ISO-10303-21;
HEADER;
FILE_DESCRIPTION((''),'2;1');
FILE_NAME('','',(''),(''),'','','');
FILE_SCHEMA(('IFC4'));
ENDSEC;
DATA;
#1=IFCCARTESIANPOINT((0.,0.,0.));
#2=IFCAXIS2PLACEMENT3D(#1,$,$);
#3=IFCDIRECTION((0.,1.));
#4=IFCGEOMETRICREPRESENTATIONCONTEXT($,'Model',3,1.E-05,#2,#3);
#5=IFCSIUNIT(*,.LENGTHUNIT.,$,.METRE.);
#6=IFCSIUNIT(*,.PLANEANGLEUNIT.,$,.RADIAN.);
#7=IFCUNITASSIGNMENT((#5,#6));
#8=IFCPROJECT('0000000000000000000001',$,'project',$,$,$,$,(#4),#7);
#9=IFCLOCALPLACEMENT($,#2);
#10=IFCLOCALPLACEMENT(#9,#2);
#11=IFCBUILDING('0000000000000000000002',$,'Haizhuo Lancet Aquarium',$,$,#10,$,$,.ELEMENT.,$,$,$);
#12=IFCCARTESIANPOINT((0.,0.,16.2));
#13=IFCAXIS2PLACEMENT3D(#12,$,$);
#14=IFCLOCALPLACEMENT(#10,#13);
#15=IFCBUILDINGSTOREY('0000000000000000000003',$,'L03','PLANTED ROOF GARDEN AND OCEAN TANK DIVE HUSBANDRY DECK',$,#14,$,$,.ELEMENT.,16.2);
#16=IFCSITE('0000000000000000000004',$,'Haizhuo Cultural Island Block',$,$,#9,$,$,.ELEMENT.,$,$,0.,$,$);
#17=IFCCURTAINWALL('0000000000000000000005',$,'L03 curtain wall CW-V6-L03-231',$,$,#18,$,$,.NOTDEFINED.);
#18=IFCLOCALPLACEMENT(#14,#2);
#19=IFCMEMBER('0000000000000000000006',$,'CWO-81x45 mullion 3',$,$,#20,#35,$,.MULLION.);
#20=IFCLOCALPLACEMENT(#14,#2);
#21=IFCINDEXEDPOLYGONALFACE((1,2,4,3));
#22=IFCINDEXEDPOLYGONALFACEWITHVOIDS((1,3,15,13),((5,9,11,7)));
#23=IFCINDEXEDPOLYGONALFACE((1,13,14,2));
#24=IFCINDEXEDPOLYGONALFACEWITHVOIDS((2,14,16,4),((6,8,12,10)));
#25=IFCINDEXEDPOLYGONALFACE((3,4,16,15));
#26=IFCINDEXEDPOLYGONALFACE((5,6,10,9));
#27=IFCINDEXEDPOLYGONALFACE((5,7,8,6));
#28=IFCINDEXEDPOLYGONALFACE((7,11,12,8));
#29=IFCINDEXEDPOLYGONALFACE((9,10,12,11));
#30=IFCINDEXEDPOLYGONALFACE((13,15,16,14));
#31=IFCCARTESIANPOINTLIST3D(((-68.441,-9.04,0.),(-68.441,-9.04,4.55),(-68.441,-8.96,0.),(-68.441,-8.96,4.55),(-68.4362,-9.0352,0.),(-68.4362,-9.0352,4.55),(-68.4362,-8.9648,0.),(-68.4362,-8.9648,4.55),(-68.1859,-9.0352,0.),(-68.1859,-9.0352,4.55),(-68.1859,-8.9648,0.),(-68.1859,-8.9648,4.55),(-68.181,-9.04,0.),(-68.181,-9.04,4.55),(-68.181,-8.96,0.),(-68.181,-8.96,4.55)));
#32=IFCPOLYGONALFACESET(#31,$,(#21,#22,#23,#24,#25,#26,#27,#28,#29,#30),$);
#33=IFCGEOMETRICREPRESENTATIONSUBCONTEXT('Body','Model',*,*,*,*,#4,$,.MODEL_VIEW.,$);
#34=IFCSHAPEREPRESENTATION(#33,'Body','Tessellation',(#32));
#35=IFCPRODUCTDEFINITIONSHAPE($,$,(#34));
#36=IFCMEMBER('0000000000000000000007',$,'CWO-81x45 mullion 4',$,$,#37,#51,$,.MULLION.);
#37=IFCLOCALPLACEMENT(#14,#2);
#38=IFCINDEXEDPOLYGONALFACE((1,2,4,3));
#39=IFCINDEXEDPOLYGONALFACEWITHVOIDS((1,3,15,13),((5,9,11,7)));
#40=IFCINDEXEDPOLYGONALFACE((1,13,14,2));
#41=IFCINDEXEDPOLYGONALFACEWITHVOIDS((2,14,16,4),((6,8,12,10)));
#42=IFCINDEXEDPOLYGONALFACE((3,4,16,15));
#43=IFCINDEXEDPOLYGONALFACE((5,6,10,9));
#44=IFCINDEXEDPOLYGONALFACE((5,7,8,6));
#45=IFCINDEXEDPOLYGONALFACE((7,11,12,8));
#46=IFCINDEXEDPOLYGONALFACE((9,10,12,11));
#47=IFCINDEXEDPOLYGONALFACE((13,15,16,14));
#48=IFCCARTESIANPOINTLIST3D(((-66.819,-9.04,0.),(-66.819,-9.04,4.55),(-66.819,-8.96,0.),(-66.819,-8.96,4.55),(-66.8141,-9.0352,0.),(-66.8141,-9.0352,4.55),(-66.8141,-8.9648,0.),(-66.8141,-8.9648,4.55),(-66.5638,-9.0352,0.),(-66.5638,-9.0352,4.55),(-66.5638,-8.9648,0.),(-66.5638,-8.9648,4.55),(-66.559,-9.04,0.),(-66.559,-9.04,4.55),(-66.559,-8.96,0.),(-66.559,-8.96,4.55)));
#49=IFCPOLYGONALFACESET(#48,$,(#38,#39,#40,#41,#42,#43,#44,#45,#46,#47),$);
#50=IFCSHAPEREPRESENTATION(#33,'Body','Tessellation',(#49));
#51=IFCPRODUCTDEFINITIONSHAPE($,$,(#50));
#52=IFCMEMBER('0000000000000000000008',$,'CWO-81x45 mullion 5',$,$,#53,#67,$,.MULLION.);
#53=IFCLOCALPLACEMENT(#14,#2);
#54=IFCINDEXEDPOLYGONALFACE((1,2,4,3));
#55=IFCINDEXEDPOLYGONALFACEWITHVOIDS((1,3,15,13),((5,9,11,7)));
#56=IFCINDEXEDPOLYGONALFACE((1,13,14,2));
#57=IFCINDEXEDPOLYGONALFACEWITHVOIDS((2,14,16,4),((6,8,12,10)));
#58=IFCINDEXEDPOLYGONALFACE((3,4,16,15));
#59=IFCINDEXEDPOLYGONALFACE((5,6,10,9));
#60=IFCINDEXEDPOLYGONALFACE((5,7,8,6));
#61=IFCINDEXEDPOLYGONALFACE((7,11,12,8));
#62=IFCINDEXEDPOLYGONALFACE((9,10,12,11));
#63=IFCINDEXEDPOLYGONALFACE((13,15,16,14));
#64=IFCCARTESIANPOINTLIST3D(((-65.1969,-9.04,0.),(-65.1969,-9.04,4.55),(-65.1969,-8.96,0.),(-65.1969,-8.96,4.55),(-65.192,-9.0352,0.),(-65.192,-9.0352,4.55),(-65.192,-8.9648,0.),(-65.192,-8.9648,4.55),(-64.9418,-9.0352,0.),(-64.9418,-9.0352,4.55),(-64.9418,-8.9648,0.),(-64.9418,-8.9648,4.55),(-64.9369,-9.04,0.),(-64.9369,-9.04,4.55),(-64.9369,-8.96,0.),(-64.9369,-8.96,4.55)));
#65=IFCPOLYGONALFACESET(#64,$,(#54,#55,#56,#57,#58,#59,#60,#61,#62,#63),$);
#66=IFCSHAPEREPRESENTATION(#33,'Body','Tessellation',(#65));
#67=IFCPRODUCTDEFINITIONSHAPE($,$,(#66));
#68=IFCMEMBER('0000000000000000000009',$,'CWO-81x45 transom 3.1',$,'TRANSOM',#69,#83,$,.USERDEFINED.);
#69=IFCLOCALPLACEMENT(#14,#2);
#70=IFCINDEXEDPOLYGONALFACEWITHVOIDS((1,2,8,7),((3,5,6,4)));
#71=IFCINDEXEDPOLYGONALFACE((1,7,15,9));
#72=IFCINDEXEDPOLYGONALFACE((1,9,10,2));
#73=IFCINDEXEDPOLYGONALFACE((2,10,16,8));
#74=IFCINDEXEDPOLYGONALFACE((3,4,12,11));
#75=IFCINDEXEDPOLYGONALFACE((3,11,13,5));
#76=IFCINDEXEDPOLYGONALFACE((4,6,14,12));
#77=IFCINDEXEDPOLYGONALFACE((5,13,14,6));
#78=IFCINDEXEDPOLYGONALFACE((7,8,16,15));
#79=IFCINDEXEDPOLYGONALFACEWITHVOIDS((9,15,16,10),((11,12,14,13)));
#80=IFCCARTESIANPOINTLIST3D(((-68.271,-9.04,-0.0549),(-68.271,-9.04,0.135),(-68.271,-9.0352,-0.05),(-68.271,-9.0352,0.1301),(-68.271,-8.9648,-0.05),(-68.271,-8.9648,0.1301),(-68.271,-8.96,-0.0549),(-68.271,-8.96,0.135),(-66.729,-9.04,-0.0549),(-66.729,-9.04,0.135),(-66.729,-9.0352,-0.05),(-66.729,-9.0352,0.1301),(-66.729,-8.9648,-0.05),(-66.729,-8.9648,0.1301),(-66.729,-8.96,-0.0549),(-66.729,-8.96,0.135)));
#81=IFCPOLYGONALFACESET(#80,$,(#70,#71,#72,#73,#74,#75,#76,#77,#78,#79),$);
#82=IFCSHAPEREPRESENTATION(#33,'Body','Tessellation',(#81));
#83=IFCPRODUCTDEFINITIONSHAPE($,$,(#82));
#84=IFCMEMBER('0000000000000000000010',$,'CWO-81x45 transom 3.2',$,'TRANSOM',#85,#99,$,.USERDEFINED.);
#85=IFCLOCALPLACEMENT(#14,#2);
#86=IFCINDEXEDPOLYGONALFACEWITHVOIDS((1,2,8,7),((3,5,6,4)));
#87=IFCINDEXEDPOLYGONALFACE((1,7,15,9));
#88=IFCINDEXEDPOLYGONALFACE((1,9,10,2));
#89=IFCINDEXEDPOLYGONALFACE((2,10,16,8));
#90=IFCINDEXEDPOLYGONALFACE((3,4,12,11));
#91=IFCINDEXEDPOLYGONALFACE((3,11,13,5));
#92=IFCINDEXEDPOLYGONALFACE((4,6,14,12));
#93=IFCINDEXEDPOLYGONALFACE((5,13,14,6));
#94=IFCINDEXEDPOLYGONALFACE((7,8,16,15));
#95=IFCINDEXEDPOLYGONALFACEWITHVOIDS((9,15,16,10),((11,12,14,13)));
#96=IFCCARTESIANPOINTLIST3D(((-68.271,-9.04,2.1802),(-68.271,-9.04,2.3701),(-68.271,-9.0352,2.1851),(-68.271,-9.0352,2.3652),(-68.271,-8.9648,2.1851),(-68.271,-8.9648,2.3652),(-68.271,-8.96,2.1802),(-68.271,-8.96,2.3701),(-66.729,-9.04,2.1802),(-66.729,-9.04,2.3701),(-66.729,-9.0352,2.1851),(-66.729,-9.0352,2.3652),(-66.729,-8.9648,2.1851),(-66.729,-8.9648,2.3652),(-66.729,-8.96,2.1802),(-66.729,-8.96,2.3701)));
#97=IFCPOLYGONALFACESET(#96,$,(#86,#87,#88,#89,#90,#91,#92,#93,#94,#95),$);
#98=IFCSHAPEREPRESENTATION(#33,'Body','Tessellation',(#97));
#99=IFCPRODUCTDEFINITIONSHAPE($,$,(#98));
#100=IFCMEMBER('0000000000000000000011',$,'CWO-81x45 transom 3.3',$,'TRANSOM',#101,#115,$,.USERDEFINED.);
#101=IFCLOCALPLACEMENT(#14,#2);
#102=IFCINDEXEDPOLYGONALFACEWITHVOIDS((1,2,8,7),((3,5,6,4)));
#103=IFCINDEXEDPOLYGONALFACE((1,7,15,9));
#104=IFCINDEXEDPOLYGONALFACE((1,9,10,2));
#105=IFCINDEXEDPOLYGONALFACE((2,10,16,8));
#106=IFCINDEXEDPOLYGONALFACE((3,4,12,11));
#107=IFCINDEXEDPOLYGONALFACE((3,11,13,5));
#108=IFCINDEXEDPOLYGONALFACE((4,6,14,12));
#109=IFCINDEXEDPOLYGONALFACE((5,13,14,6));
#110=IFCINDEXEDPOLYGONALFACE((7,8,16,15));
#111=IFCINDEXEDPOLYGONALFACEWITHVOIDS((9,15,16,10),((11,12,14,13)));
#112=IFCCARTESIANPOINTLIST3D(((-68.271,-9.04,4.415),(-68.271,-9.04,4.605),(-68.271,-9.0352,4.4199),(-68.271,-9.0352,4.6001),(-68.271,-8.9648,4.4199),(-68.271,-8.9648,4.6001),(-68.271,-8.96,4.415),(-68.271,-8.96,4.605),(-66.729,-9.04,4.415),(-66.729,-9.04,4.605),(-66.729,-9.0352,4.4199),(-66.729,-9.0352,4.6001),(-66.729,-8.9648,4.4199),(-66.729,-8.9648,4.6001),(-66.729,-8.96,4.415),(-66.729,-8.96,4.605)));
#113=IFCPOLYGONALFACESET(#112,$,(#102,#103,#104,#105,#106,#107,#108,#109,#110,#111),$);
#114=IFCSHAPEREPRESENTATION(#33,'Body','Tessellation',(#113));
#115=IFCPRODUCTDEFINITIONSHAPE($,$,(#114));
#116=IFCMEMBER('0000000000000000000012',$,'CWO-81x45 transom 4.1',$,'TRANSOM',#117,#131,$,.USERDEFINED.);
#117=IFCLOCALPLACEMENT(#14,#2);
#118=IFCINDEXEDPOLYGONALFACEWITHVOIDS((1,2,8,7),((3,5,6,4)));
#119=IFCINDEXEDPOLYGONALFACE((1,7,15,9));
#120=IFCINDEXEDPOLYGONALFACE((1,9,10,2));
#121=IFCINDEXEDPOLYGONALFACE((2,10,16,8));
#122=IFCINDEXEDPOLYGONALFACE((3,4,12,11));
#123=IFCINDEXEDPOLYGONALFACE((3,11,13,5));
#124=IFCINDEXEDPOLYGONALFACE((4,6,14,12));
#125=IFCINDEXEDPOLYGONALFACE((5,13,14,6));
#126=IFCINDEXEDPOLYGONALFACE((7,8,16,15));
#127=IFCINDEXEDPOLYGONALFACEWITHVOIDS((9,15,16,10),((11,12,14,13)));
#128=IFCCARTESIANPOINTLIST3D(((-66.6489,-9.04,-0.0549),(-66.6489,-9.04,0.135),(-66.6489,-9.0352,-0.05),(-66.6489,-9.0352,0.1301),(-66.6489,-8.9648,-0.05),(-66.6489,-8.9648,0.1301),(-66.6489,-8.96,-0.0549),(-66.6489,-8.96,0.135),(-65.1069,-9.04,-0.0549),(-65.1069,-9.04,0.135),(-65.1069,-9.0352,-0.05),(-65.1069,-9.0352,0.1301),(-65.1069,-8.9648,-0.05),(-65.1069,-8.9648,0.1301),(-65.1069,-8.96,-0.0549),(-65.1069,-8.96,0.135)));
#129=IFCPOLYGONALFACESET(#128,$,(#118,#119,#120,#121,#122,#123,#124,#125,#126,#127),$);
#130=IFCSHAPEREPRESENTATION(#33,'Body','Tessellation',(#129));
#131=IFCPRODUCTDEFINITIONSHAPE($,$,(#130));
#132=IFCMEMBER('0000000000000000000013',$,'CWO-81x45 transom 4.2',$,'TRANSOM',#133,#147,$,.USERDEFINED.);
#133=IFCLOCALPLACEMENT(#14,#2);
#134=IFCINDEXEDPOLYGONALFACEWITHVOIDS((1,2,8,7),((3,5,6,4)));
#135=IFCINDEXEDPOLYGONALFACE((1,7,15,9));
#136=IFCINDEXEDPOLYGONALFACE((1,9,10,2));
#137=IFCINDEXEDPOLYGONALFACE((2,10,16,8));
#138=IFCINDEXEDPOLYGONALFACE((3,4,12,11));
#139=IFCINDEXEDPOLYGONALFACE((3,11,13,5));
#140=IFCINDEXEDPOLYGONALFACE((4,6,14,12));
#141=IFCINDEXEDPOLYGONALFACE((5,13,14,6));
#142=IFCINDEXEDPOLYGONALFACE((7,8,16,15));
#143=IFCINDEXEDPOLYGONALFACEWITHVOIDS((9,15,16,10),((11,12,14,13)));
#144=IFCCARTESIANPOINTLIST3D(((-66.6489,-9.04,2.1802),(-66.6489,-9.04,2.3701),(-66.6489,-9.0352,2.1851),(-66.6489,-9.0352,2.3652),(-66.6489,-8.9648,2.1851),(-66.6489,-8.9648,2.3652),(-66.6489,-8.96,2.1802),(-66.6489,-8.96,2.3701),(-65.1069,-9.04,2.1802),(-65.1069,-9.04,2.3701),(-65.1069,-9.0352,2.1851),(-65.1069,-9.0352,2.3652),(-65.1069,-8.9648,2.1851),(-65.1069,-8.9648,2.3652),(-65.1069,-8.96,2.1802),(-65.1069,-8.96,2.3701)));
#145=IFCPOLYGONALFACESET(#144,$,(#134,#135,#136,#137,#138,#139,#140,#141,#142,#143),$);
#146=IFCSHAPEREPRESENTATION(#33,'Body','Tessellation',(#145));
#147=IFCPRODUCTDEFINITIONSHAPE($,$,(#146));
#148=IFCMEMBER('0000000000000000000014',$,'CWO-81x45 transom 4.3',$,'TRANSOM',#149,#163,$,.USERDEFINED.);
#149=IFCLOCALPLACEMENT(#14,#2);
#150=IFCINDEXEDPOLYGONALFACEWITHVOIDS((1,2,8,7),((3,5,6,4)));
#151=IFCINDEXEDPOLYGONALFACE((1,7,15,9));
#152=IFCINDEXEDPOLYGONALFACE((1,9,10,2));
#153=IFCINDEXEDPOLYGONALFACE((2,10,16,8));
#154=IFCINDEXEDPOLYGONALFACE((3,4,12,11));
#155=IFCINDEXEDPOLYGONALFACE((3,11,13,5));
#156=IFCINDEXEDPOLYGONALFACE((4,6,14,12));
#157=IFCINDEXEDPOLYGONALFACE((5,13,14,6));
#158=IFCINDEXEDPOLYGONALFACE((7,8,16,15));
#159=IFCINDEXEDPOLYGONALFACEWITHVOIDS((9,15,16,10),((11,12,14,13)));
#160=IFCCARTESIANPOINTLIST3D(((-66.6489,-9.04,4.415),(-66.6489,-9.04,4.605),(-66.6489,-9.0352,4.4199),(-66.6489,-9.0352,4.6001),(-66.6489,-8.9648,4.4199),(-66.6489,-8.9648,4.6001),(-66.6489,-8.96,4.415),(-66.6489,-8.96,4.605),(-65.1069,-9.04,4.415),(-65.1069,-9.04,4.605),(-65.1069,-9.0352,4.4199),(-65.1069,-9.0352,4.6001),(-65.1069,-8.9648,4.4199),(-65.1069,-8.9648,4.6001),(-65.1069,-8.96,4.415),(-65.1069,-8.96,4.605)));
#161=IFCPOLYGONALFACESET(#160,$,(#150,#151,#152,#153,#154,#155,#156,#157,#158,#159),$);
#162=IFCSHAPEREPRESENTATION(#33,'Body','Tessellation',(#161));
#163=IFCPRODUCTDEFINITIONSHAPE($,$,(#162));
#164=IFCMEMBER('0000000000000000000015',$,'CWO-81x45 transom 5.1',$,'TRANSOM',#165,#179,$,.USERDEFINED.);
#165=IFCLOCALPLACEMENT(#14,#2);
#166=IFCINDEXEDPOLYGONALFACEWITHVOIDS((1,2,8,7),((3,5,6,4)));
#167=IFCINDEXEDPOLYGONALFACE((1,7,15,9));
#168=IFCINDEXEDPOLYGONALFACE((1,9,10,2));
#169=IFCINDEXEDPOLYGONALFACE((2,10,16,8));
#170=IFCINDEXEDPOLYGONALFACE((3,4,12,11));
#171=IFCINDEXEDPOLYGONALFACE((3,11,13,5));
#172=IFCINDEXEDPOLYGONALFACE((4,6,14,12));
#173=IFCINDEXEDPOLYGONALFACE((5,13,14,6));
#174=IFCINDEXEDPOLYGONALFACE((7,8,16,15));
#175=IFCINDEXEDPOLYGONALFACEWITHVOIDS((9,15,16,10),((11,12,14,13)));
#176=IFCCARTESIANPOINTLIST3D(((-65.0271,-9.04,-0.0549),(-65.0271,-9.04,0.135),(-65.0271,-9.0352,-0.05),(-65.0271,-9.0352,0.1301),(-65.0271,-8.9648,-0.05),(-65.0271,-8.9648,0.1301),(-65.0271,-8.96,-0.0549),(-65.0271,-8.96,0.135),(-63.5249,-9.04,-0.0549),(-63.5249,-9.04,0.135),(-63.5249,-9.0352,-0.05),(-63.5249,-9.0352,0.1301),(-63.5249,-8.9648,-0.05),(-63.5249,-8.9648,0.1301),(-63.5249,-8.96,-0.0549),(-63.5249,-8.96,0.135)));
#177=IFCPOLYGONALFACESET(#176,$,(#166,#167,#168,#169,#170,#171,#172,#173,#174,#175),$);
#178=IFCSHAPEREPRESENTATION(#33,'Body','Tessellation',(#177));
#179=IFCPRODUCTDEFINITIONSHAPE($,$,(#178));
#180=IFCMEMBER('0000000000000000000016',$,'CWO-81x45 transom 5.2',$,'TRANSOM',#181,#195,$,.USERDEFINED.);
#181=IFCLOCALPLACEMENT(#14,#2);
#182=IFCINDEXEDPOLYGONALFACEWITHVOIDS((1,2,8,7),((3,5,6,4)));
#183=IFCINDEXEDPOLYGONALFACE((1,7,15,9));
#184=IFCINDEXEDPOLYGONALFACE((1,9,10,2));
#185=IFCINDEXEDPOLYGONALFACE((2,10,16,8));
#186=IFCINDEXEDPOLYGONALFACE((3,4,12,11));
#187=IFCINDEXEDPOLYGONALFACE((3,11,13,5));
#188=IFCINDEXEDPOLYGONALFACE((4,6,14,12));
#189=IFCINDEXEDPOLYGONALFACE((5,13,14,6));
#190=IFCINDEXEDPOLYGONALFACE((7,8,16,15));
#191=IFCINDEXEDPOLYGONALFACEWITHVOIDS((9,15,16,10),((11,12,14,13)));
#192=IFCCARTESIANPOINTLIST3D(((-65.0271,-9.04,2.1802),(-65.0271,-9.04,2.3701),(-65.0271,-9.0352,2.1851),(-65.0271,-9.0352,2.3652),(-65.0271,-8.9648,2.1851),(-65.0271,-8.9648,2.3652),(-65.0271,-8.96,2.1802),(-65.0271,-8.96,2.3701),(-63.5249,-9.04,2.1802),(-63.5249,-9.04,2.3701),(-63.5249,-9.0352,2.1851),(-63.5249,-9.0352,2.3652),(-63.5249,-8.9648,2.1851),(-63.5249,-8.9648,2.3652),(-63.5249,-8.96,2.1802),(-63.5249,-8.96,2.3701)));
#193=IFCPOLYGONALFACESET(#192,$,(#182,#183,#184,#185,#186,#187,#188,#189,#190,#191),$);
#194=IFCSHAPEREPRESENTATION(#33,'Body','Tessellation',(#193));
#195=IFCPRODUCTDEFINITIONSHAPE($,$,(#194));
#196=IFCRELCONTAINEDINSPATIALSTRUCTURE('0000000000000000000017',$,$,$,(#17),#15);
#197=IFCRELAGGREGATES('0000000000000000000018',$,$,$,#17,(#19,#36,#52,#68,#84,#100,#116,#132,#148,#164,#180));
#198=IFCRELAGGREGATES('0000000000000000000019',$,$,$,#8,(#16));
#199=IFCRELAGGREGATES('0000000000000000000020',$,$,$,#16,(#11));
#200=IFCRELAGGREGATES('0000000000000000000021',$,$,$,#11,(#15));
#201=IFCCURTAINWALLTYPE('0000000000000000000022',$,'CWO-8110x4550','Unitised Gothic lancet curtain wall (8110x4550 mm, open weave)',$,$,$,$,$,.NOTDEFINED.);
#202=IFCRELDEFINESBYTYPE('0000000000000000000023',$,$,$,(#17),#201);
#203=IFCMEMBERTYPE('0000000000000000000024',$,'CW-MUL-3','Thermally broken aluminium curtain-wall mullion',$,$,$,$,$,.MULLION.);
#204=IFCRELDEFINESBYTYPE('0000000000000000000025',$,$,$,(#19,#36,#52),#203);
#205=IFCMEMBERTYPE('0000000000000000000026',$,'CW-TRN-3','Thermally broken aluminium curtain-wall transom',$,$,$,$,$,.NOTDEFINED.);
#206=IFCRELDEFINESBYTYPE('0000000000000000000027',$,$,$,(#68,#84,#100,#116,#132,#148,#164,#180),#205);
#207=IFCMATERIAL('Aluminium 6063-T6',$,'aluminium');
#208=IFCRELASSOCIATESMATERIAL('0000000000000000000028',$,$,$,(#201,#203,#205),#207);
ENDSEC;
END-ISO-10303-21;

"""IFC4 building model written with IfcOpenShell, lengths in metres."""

from ifc_helpers import new_model, si_unit, direction, frame, origin, origin_2d, place, context, subcontext, project, spatial, hollow_rectangle, extrude, material, material_profile, profile_set, type_object, element, aggregate, save


model = new_model("IFC4")

# Units and contexts
model_context = context("Model", 3, precision=1e-05, world=origin(), true_north=direction((0.0, 1.0)))
body_context = subcontext(model_context, "Body", "Model", "MODEL_VIEW")
ifc_project = project(units=[si_unit("LENGTHUNIT", "METRE"), si_unit("PLANEANGLEUNIT", "RADIAN")], contexts=[model_context])

# Site, building, storey
site_placement = place(None, origin())
site = spatial("IfcSite", under=ifc_project, at=site_placement, Name="Haizhuo Cultural Island Block", CompositionType="ELEMENT", RefElevation=0.0)
building_placement = place(site_placement, origin())
building = spatial("IfcBuilding", under=site, at=building_placement, Name="Haizhuo Lancet Aquarium", CompositionType="ELEMENT")
storey_placement = place(building_placement, frame((0.0, 0.0, 16.2)))
storey = spatial("IfcBuildingStorey", under=building, at=storey_placement, Name="L03", Description="PLANTED ROOF GARDEN AND OCEAN TANK DIVE HUSBANDRY DECK", CompositionType="ELEMENT", Elevation=16.2)

# Curtain wall, members
ifc_material_1 = material(Name="Aluminium 6063-T6", Category="aluminium")
curtain_wall_type = type_object("IfcCurtainWallType", Name="CWO-8110x4550", Description="Unitised Gothic lancet curtain wall (8110x4550 mm, open weave)", PredefinedType="NOTDEFINED", material=ifc_material_1)
curtain_wall_placement = place(storey_placement, origin())
curtain_wall = element("IfcCurtainWall", 1, at=curtain_wall_placement, inside=storey, type_object=curtain_wall_type, Name="L03 curtain wall CW-V6-L03-231", PredefinedType="NOTDEFINED")
ifc_material_profile_1 = material_profile(ifc_material_1, hollow_rectangle(XDim=0.0801, YDim=0.26, WallThickness=0.0049, at=origin_2d()), Name="ALU-M 80x260x5")
ifc_profile_set_1 = profile_set([ifc_material_profile_1], Name="Aluminium 6063-T6")
member_type_1 = type_object("IfcMemberType", Name="CW-MUL-3", Description="Thermally broken aluminium curtain-wall mullion", PredefinedType="MULLION", material=ifc_profile_set_1)
member_1_placement = place(storey_placement, frame((-68.311, -9.0, 0.0), z_axis=(0.0, 0.0, 1.0), x_axis=(0.0, 1.0, 0.0)))
member_1 = element("IfcMember", 2, at=member_1_placement, type_object=member_type_1, Name="CWO-81x45 mullion 3", PredefinedType="MULLION", context=body_context, shape_type="SweptSolid", body=[
    extrude(hollow_rectangle(XDim=0.0801, YDim=0.26, WallThickness=0.0049, at=origin_2d()), origin(), (0.0, 0.0, 1.0), 4.55),
])
member_2_placement = place(storey_placement, frame((-66.689, -9.0, 0.0), z_axis=(0.0, 0.0, 1.0), x_axis=(0.0, 1.0, 0.0)))
member_2 = element("IfcMember", 3, at=member_2_placement, type_object=member_type_1, Name="CWO-81x45 mullion 4", PredefinedType="MULLION", context=body_context, shape_type="SweptSolid", body=[
    extrude(hollow_rectangle(XDim=0.0801, YDim=0.26, WallThickness=0.0049, at=origin_2d()), origin(), (0.0, 0.0, 1.0), 4.55),
])
member_3_placement = place(storey_placement, frame((-65.0669, -9.0, 0.0), z_axis=(0.0, 0.0, 1.0), x_axis=(0.0, 1.0, 0.0)))
member_3 = element("IfcMember", 4, at=member_3_placement, type_object=member_type_1, Name="CWO-81x45 mullion 5", PredefinedType="MULLION", context=body_context, shape_type="SweptSolid", body=[
    extrude(hollow_rectangle(XDim=0.0801, YDim=0.26, WallThickness=0.0049, at=origin_2d()), origin(), (0.0, 0.0, 1.0), 4.55),
])
ifc_material_profile_2 = material_profile(ifc_material_1, hollow_rectangle(XDim=0.0801, YDim=0.1899, WallThickness=0.0049, at=origin_2d()), Name="ALU-T 80x190x5")
ifc_profile_set_2 = profile_set([ifc_material_profile_2], Name="Aluminium 6063-T6")
member_type_2 = type_object("IfcMemberType", Name="CW-TRN-3", Description="Thermally broken aluminium curtain-wall transom", PredefinedType="NOTDEFINED", material=ifc_profile_set_2)
member_4_placement = place(storey_placement, frame((-68.271, -9.0, 0.04), z_axis=(1.0, 0.0, 0.0), x_axis=(0.0, 1.0, 0.0)))
member_4 = element("IfcMember", 5, at=member_4_placement, type_object=member_type_2, Name="CWO-81x45 transom 3.1", ObjectType="TRANSOM", PredefinedType="USERDEFINED", context=body_context, shape_type="SweptSolid", body=[
    extrude(hollow_rectangle(XDim=0.0801, YDim=0.1899, WallThickness=0.0049, at=origin_2d()), origin(), (0.0, 0.0, 1.0), 1.542),
])
member_5_placement = place(storey_placement, frame((-68.271, -9.0, 2.2751), z_axis=(1.0, 0.0, 0.0), x_axis=(0.0, 1.0, 0.0)))
member_5 = element("IfcMember", 6, at=member_5_placement, type_object=member_type_2, Name="CWO-81x45 transom 3.2", ObjectType="TRANSOM", PredefinedType="USERDEFINED", context=body_context, shape_type="SweptSolid", body=[
    extrude(hollow_rectangle(XDim=0.0801, YDim=0.1899, WallThickness=0.0049, at=origin_2d()), origin(), (0.0, 0.0, 1.0), 1.542),
])
member_6_placement = place(storey_placement, frame((-68.271, -9.0, 4.51), z_axis=(1.0, 0.0, 0.0), x_axis=(0.0, 1.0, 0.0)))
member_6 = element("IfcMember", 7, at=member_6_placement, type_object=member_type_2, Name="CWO-81x45 transom 3.3", ObjectType="TRANSOM", PredefinedType="USERDEFINED", context=body_context, shape_type="SweptSolid", body=[
    extrude(hollow_rectangle(XDim=0.0801, YDim=0.1899, WallThickness=0.0049, at=origin_2d()), origin(), (0.0, 0.0, 1.0), 1.542),
])
member_7_placement = place(storey_placement, frame((-66.6489, -9.0, 0.04), z_axis=(1.0, 0.0, 0.0), x_axis=(0.0, 1.0, 0.0)))
member_7 = element("IfcMember", 8, at=member_7_placement, type_object=member_type_2, Name="CWO-81x45 transom 4.1", ObjectType="TRANSOM", PredefinedType="USERDEFINED", context=body_context, shape_type="SweptSolid", body=[
    extrude(hollow_rectangle(XDim=0.0801, YDim=0.1899, WallThickness=0.0049, at=origin_2d()), origin(), (0.0, 0.0, 1.0), 1.542),
])
member_8_placement = place(storey_placement, frame((-66.6489, -9.0, 2.2751), z_axis=(1.0, 0.0, 0.0), x_axis=(0.0, 1.0, 0.0)))
member_8 = element("IfcMember", 9, at=member_8_placement, type_object=member_type_2, Name="CWO-81x45 transom 4.2", ObjectType="TRANSOM", PredefinedType="USERDEFINED", context=body_context, shape_type="SweptSolid", body=[
    extrude(hollow_rectangle(XDim=0.0801, YDim=0.1899, WallThickness=0.0049, at=origin_2d()), origin(), (0.0, 0.0, 1.0), 1.542),
])
member_9_placement = place(storey_placement, frame((-66.6489, -9.0, 4.51), z_axis=(1.0, 0.0, 0.0), x_axis=(0.0, 1.0, 0.0)))
member_9 = element("IfcMember", 10, at=member_9_placement, type_object=member_type_2, Name="CWO-81x45 transom 4.3", ObjectType="TRANSOM", PredefinedType="USERDEFINED", context=body_context, shape_type="SweptSolid", body=[
    extrude(hollow_rectangle(XDim=0.0801, YDim=0.1899, WallThickness=0.0049, at=origin_2d()), origin(), (0.0, 0.0, 1.0), 1.542),
])
member_10_placement = place(storey_placement, frame((-65.0271, -9.0, 0.04), z_axis=(1.0, 0.0, 0.0), x_axis=(0.0, 1.0, 0.0)))
member_10 = element("IfcMember", 11, at=member_10_placement, type_object=member_type_2, Name="CWO-81x45 transom 5.1", ObjectType="TRANSOM", PredefinedType="USERDEFINED", context=body_context, shape_type="SweptSolid", body=[
    extrude(hollow_rectangle(XDim=0.0801, YDim=0.1899, WallThickness=0.0049, at=origin_2d()), origin(), (0.0, 0.0, 1.0), 1.5022),
])
member_11_placement = place(storey_placement, frame((-65.0271, -9.0, 2.2751), z_axis=(1.0, 0.0, 0.0), x_axis=(0.0, 1.0, 0.0)))
member_11 = element("IfcMember", 12, at=member_11_placement, type_object=member_type_2, Name="CWO-81x45 transom 5.2", ObjectType="TRANSOM", PredefinedType="USERDEFINED", context=body_context, shape_type="SweptSolid", body=[
    extrude(hollow_rectangle(XDim=0.0801, YDim=0.1899, WallThickness=0.0049, at=origin_2d()), origin(), (0.0, 0.0, 1.0), 1.5022),
])

aggregate(curtain_wall, [member_1, member_2, member_3, member_4, member_5, member_6, member_7, member_8, member_9, member_10, member_11])

save(model, "model.ifc")
